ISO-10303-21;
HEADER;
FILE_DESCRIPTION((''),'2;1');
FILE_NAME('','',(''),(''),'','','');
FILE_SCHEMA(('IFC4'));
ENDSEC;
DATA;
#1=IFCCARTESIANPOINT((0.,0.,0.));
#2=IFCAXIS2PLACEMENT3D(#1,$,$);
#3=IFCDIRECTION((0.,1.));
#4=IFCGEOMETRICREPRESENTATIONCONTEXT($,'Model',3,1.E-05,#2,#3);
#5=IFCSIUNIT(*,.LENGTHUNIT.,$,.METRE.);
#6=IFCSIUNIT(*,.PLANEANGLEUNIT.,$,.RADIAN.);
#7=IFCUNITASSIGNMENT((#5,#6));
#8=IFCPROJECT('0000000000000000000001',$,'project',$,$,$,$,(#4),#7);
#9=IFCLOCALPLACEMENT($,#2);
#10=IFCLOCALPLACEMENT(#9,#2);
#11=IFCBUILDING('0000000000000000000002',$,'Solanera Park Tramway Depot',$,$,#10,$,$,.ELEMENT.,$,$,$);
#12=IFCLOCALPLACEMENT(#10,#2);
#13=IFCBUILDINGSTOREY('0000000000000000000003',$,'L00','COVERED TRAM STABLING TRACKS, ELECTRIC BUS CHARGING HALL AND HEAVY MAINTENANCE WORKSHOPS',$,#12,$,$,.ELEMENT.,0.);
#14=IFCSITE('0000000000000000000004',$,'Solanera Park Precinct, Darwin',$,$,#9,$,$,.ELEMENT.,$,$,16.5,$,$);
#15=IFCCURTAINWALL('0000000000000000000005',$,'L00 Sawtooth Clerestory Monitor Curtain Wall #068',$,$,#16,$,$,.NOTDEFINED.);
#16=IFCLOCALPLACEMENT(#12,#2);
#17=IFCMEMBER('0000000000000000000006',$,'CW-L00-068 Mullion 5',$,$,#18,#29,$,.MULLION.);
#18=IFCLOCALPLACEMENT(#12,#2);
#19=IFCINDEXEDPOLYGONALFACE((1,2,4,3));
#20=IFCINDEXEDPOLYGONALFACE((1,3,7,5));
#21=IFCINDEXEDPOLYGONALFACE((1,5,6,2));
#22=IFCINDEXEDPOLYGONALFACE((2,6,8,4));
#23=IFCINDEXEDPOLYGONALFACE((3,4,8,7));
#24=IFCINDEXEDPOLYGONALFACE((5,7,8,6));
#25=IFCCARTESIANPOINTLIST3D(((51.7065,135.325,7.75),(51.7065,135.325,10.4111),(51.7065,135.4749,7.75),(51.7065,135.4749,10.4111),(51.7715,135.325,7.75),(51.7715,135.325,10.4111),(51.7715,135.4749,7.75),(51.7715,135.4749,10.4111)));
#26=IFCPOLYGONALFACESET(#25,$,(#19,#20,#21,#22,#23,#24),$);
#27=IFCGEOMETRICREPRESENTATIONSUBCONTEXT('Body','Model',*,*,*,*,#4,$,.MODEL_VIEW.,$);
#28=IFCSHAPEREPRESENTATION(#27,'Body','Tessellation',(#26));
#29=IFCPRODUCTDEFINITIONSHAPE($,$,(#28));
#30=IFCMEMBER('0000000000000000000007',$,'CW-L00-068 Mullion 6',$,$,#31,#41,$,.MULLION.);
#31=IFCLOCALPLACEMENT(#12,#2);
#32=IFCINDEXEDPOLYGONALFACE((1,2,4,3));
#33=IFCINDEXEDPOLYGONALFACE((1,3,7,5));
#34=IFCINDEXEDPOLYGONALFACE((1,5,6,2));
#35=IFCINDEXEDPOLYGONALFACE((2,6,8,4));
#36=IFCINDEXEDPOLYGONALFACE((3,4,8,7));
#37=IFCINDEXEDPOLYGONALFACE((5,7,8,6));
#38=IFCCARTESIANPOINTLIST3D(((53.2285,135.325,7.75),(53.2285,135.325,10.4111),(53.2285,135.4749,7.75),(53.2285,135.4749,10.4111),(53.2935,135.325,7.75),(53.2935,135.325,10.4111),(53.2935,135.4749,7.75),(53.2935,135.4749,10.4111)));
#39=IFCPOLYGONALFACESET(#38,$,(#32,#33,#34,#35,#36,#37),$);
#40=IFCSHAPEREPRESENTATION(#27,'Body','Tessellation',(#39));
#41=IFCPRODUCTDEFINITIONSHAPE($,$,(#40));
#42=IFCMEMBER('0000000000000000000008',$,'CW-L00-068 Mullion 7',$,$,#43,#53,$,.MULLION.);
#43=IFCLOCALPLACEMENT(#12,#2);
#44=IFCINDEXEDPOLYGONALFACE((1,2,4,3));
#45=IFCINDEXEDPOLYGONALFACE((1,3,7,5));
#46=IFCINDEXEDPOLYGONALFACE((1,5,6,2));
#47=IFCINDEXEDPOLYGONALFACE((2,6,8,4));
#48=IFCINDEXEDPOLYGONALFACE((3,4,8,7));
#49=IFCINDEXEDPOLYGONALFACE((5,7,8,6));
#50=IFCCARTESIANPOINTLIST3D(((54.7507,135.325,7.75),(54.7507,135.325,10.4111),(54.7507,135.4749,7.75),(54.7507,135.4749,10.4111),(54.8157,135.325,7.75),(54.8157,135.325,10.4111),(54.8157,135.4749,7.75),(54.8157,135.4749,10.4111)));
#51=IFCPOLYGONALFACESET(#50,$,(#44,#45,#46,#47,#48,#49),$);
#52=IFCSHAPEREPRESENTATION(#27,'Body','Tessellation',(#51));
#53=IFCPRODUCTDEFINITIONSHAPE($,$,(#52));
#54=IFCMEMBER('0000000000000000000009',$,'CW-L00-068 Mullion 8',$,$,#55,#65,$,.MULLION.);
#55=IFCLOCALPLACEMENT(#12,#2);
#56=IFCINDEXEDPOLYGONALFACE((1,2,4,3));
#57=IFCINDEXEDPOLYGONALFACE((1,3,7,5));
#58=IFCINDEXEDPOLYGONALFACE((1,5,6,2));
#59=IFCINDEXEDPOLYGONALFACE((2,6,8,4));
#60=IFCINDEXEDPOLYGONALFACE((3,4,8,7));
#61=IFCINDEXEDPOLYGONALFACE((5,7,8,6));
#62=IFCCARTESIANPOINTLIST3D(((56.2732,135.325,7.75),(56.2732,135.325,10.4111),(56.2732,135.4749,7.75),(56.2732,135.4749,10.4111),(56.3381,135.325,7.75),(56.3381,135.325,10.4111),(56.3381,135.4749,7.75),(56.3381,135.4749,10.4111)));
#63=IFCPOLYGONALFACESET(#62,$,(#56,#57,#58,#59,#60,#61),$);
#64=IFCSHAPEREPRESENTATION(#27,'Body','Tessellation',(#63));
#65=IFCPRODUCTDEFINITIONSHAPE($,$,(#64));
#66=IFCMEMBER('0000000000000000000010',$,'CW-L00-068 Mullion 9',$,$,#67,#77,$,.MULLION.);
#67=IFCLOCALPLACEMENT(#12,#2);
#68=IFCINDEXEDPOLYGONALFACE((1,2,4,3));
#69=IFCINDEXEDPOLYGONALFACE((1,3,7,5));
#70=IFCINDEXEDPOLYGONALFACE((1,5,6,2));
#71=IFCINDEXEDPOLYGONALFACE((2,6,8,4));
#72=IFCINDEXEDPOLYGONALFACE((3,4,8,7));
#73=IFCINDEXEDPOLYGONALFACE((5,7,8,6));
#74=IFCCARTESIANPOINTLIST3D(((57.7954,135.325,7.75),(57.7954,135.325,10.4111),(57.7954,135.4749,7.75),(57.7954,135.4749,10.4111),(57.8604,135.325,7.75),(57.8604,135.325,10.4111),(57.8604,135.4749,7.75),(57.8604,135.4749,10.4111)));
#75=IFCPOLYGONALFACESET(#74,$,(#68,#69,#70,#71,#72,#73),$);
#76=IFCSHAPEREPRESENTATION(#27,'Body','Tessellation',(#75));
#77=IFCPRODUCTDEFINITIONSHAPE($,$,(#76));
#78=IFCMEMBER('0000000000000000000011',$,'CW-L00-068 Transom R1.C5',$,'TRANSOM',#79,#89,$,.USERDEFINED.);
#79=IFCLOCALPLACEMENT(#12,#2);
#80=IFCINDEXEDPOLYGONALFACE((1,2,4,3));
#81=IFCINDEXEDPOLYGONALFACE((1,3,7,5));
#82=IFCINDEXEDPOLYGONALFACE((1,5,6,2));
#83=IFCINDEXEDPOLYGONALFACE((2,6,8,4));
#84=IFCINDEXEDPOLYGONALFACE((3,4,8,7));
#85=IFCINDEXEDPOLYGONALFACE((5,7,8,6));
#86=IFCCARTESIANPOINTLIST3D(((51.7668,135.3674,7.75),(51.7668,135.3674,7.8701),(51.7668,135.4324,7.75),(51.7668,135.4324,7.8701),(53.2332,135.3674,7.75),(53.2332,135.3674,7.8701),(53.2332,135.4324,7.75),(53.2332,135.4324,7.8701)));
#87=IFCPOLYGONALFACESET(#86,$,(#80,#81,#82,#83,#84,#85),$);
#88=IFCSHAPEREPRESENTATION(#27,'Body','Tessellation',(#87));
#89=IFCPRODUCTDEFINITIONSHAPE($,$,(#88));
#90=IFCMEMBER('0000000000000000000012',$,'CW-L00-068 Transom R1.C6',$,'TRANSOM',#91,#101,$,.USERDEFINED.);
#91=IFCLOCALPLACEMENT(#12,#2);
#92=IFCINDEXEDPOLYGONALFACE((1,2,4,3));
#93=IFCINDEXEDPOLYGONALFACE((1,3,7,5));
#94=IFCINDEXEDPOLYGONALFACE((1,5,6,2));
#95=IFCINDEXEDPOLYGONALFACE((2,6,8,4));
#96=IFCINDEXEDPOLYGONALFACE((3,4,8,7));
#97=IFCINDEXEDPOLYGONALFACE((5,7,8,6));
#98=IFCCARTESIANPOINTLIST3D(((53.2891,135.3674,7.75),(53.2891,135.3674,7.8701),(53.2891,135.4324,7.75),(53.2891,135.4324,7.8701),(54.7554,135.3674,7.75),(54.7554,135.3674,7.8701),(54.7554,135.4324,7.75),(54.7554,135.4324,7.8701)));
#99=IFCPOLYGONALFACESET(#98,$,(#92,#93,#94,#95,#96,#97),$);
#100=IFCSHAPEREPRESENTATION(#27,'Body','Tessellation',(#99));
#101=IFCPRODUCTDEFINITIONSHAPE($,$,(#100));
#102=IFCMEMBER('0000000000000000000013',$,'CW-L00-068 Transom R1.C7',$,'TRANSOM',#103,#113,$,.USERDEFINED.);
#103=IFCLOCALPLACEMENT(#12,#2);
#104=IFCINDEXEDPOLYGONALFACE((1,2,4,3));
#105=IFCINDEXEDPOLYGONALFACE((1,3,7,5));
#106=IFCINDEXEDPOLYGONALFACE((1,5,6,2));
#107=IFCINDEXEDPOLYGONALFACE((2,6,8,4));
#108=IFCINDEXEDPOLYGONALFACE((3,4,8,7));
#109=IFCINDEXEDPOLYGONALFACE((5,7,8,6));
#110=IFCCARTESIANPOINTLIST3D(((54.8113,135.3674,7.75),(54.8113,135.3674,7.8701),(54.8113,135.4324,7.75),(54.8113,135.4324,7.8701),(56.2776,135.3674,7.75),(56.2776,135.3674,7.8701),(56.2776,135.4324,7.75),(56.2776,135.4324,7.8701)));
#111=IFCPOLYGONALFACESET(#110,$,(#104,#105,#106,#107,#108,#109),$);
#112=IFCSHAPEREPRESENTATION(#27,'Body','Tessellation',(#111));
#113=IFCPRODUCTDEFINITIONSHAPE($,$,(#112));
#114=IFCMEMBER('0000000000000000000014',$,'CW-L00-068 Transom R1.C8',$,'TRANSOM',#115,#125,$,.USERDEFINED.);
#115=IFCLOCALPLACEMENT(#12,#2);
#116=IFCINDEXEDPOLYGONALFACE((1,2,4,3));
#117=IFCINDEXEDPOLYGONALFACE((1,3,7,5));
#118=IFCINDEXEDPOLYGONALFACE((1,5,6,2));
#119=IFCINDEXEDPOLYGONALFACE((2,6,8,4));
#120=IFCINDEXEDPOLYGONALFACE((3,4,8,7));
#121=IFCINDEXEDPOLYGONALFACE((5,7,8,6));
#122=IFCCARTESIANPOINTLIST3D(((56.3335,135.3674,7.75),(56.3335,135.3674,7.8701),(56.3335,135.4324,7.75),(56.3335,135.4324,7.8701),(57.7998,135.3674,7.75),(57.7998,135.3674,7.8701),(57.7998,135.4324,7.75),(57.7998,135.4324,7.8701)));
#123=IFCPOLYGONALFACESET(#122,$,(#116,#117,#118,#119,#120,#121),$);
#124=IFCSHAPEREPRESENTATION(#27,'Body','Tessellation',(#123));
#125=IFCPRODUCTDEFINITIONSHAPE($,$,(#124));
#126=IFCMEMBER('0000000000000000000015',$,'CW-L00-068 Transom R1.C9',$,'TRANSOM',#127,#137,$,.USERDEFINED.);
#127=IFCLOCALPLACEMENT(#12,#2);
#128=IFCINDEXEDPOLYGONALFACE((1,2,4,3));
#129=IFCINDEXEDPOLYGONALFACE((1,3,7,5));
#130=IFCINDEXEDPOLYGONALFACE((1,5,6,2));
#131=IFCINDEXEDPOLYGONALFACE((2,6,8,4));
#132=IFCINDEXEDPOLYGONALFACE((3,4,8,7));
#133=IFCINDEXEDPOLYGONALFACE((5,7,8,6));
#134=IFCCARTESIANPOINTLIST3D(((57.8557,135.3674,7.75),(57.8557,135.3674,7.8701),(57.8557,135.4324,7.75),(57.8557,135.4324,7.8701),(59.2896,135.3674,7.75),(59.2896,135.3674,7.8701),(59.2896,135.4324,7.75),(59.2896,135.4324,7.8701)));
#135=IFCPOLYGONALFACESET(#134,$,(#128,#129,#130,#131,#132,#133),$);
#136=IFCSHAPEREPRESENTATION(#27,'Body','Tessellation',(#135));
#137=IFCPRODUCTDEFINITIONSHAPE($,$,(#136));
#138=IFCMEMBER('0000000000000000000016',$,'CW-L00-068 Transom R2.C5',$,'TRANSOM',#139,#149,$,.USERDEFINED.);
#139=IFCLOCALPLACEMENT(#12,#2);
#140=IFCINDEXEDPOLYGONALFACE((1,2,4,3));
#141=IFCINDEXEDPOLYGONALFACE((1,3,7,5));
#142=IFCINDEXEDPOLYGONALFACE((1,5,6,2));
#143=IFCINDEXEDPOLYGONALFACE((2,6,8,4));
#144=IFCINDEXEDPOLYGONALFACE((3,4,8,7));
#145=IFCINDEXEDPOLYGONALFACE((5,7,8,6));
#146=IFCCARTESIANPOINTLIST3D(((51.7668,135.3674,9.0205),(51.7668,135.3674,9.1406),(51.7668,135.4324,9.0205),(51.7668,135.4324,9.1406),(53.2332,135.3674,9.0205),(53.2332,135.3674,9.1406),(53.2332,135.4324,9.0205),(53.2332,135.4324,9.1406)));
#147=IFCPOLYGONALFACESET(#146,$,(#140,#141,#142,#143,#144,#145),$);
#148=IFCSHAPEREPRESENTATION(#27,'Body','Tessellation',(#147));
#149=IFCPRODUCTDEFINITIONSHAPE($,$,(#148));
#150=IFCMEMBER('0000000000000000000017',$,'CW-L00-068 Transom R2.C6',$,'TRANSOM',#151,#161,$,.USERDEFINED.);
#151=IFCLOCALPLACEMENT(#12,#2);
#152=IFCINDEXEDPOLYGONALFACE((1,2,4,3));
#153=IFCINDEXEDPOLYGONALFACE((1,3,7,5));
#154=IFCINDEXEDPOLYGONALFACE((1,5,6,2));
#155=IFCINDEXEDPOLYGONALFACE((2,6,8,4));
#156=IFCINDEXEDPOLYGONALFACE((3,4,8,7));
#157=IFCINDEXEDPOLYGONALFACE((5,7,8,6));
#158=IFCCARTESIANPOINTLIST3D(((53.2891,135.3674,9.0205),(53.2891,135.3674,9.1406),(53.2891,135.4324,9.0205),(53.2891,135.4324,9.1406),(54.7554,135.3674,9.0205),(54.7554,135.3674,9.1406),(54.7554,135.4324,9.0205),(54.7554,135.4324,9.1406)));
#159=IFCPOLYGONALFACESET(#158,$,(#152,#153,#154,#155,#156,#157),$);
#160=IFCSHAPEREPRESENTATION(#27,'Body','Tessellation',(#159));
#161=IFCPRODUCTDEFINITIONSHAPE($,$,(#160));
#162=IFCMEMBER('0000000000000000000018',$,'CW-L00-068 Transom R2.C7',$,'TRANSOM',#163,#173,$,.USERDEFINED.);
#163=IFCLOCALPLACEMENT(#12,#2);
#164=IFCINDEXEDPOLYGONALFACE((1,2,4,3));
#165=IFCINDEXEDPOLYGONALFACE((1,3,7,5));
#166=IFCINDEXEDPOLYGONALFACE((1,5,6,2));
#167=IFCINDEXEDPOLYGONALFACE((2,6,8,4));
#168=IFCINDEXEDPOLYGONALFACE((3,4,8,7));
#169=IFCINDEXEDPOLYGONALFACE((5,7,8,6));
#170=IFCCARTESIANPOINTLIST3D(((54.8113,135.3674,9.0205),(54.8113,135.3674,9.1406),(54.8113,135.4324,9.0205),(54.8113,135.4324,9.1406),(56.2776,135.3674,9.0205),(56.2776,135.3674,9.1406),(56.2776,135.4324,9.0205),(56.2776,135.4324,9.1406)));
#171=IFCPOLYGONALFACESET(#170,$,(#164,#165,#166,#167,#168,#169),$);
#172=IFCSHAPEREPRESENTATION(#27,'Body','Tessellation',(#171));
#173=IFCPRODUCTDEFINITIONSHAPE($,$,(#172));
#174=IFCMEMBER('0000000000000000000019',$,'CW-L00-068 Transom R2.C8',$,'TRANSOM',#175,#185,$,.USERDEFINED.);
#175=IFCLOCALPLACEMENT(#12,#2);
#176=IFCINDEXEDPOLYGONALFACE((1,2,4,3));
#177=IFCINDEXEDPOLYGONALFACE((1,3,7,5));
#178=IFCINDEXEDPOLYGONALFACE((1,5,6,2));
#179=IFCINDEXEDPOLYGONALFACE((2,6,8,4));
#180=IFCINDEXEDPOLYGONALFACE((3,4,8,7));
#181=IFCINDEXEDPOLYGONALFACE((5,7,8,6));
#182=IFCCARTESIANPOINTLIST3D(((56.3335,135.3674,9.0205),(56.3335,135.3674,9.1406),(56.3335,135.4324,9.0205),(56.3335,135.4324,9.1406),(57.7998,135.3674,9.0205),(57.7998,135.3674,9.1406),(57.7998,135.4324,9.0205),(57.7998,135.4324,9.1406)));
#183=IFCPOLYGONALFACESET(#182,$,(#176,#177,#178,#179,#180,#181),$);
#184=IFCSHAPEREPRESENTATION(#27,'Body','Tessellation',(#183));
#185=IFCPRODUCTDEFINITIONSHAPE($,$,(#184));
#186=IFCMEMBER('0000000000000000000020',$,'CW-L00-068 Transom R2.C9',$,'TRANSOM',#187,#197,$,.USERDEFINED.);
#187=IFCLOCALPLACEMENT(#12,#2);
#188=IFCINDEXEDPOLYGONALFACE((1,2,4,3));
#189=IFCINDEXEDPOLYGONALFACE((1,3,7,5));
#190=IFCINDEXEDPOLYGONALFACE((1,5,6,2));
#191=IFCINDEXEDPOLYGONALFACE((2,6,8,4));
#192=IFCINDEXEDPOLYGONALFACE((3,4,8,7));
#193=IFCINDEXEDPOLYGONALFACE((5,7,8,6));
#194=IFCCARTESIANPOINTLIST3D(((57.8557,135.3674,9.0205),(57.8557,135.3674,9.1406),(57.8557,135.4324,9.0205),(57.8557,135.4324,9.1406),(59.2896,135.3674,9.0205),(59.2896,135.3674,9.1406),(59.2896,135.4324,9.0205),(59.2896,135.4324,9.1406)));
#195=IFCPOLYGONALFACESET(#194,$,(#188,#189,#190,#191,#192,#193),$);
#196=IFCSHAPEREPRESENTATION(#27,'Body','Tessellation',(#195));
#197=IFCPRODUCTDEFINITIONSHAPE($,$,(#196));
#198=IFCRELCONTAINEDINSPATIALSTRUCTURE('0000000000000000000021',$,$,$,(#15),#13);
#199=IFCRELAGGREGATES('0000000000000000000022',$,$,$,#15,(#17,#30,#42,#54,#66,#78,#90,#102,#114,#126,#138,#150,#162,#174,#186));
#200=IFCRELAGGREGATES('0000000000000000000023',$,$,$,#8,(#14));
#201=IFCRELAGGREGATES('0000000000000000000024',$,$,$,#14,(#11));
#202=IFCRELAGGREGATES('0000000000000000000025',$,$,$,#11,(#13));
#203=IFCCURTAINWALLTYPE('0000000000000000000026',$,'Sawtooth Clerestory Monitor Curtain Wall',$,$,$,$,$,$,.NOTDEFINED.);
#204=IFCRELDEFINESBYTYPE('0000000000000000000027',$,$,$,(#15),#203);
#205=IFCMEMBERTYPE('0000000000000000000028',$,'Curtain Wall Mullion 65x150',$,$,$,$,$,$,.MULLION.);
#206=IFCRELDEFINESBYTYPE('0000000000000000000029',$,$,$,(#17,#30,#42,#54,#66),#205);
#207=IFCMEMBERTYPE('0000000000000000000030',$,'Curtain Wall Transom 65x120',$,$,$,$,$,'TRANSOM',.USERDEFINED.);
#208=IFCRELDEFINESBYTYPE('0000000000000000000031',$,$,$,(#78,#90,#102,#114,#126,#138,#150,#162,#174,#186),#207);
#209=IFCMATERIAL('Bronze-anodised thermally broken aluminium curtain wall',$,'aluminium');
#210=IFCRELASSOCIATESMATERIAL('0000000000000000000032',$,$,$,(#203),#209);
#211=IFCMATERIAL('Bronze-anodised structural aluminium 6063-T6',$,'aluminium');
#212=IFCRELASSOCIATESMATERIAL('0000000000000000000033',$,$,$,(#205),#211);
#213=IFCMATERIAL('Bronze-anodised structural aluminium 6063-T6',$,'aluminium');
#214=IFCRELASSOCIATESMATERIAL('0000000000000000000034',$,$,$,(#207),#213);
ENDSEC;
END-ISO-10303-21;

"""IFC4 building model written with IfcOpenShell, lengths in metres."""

from ifc_helpers import new_model, si_unit, direction, frame, origin, origin_2d, place, context, subcontext, project, spatial, rectangle, extrude, material, material_profile, profile_set, type_object, element, aggregate, save


model = new_model("IFC4")

# Units and contexts
model_context = context("Model", 3, precision=1e-05, world=origin(), true_north=direction((0.0, 1.0)))
body_context = subcontext(model_context, "Body", "Model", "MODEL_VIEW")
ifc_project = project(units=[si_unit("LENGTHUNIT", "METRE"), si_unit("PLANEANGLEUNIT", "RADIAN")], contexts=[model_context])

# Site, building, storey
site_placement = place(None, origin())
site = spatial("IfcSite", under=ifc_project, at=site_placement, Name="Solanera Park Precinct, Darwin", CompositionType="ELEMENT", RefElevation=16.5)
building_placement = place(site_placement, origin())
building = spatial("IfcBuilding", under=site, at=building_placement, Name="Solanera Park Tramway Depot", CompositionType="ELEMENT")
storey_placement = place(building_placement, origin())
storey = spatial("IfcBuildingStorey", under=building, at=storey_placement, Name="L00", Description="COVERED TRAM STABLING TRACKS, ELECTRIC BUS CHARGING HALL AND HEAVY MAINTENANCE WORKSHOPS", CompositionType="ELEMENT", Elevation=0.0)

# Curtain wall, members
ifc_material_1 = material(Name="Bronze-anodised thermally broken aluminium curtain wall", Category="aluminium")
curtain_wall_type = type_object("IfcCurtainWallType", Name="Sawtooth Clerestory Monitor Curtain Wall", PredefinedType="NOTDEFINED", material=ifc_material_1)
curtain_wall_placement = place(storey_placement, origin())
curtain_wall = element("IfcCurtainWall", 1, at=curtain_wall_placement, inside=storey, type_object=curtain_wall_type, Name="L00 Sawtooth Clerestory Monitor Curtain Wall #068", PredefinedType="NOTDEFINED")
ifc_material_2 = material(Name="Bronze-anodised structural aluminium 6063-T6", Category="aluminium")
ifc_material_profile_1 = material_profile(ifc_material_2, rectangle(XDim=0.0649, YDim=0.1499, at=origin_2d()), Name="Curtain Wall Mullion 65x150")
ifc_profile_set_1 = profile_set([ifc_material_profile_1], Name="Bronze-anodised structural aluminium 6063-T6")
member_type_1 = type_object("IfcMemberType", Name="Curtain Wall Mullion 65x150", PredefinedType="MULLION", material=ifc_profile_set_1)
member_1_placement = place(storey_placement, frame((51.739, 135.3999, 7.75), z_axis=(0.0, 0.0, 1.0), x_axis=(1.0, 0.0, 0.0)))
member_1 = element("IfcMember", 2, at=member_1_placement, type_object=member_type_1, Name="CW-L00-068 Mullion 5", PredefinedType="MULLION", context=body_context, shape_type="SweptSolid", body=[
    extrude(rectangle(XDim=0.0649, YDim=0.1499, at=origin_2d()), origin(), (0.0, 0.0, 1.0), 2.6611),
])
member_2_placement = place(storey_placement, frame((53.261, 135.3999, 7.75), z_axis=(0.0, 0.0, 1.0), x_axis=(1.0, 0.0, 0.0)))
member_2 = element("IfcMember", 3, at=member_2_placement, type_object=member_type_1, Name="CW-L00-068 Mullion 6", PredefinedType="MULLION", context=body_context, shape_type="SweptSolid", body=[
    extrude(rectangle(XDim=0.0649, YDim=0.1499, at=origin_2d()), origin(), (0.0, 0.0, 1.0), 2.6611),
])
member_3_placement = place(storey_placement, frame((54.7832, 135.3999, 7.75), z_axis=(0.0, 0.0, 1.0), x_axis=(1.0, 0.0, 0.0)))
member_3 = element("IfcMember", 4, at=member_3_placement, type_object=member_type_1, Name="CW-L00-068 Mullion 7", PredefinedType="MULLION", context=body_context, shape_type="SweptSolid", body=[
    extrude(rectangle(XDim=0.0649, YDim=0.1499, at=origin_2d()), origin(), (0.0, 0.0, 1.0), 2.6611),
])
member_4_placement = place(storey_placement, frame((56.3057, 135.3999, 7.75), z_axis=(0.0, 0.0, 1.0), x_axis=(1.0, 0.0, 0.0)))
member_4 = element("IfcMember", 5, at=member_4_placement, type_object=member_type_1, Name="CW-L00-068 Mullion 8", PredefinedType="MULLION", context=body_context, shape_type="SweptSolid", body=[
    extrude(rectangle(XDim=0.0649, YDim=0.1499, at=origin_2d()), origin(), (0.0, 0.0, 1.0), 2.6611),
])
member_5_placement = place(storey_placement, frame((57.8279, 135.3999, 7.75), z_axis=(0.0, 0.0, 1.0), x_axis=(1.0, 0.0, 0.0)))
member_5 = element("IfcMember", 6, at=member_5_placement, type_object=member_type_1, Name="CW-L00-068 Mullion 9", PredefinedType="MULLION", context=body_context, shape_type="SweptSolid", body=[
    extrude(rectangle(XDim=0.0649, YDim=0.1499, at=origin_2d()), origin(), (0.0, 0.0, 1.0), 2.6611),
])
ifc_material_3 = material(Name="Bronze-anodised structural aluminium 6063-T6", Category="aluminium")
ifc_material_profile_2 = material_profile(ifc_material_3, rectangle(XDim=0.0649, YDim=0.1201, at=origin_2d()), Name="Curtain Wall Transom 65x120")
ifc_profile_set_2 = profile_set([ifc_material_profile_2], Name="Bronze-anodised structural aluminium 6063-T6")
member_type_2 = type_object("IfcMemberType", Name="Curtain Wall Transom 65x120", ElementType="TRANSOM", PredefinedType="USERDEFINED", material=ifc_profile_set_2)
member_6_placement = place(storey_placement, frame((51.7668, 135.3999, 7.8101), z_axis=(1.0, 0.0, 0.0), x_axis=(0.0, 1.0, 0.0)))
member_6 = element("IfcMember", 7, at=member_6_placement, type_object=member_type_2, Name="CW-L00-068 Transom R1.C5", ObjectType="TRANSOM", PredefinedType="USERDEFINED", context=body_context, shape_type="SweptSolid", body=[
    extrude(rectangle(XDim=0.0649, YDim=0.1201, at=origin_2d()), origin(), (0.0, 0.0, 1.0), 1.4663),
])
member_7_placement = place(storey_placement, frame((53.2891, 135.3999, 7.8101), z_axis=(1.0, 0.0, 0.0), x_axis=(0.0, 1.0, 0.0)))
member_7 = element("IfcMember", 8, at=member_7_placement, type_object=member_type_2, Name="CW-L00-068 Transom R1.C6", ObjectType="TRANSOM", PredefinedType="USERDEFINED", context=body_context, shape_type="SweptSolid", body=[
    extrude(rectangle(XDim=0.0649, YDim=0.1201, at=origin_2d()), origin(), (0.0, 0.0, 1.0), 1.4663),
])
member_8_placement = place(storey_placement, frame((54.8113, 135.3999, 7.8101), z_axis=(1.0, 0.0, 0.0), x_axis=(0.0, 1.0, 0.0)))
member_8 = element("IfcMember", 9, at=member_8_placement, type_object=member_type_2, Name="CW-L00-068 Transom R1.C7", ObjectType="TRANSOM", PredefinedType="USERDEFINED", context=body_context, shape_type="SweptSolid", body=[
    extrude(rectangle(XDim=0.0649, YDim=0.1201, at=origin_2d()), origin(), (0.0, 0.0, 1.0), 1.4663),
])
member_9_placement = place(storey_placement, frame((56.3335, 135.3999, 7.8101), z_axis=(1.0, 0.0, 0.0), x_axis=(0.0, 1.0, 0.0)))
member_9 = element("IfcMember", 10, at=member_9_placement, type_object=member_type_2, Name="CW-L00-068 Transom R1.C8", ObjectType="TRANSOM", PredefinedType="USERDEFINED", context=body_context, shape_type="SweptSolid", body=[
    extrude(rectangle(XDim=0.0649, YDim=0.1201, at=origin_2d()), origin(), (0.0, 0.0, 1.0), 1.4663),
])
member_10_placement = place(storey_placement, frame((57.8557, 135.3999, 7.8101), z_axis=(1.0, 0.0, 0.0), x_axis=(0.0, 1.0, 0.0)))
member_10 = element("IfcMember", 11, at=member_10_placement, type_object=member_type_2, Name="CW-L00-068 Transom R1.C9", ObjectType="TRANSOM", PredefinedType="USERDEFINED", context=body_context, shape_type="SweptSolid", body=[
    extrude(rectangle(XDim=0.0649, YDim=0.1201, at=origin_2d()), origin(), (0.0, 0.0, 1.0), 1.4338),
])
member_11_placement = place(storey_placement, frame((51.7668, 135.3999, 9.0806), z_axis=(1.0, 0.0, 0.0), x_axis=(0.0, 1.0, 0.0)))
member_11 = element("IfcMember", 12, at=member_11_placement, type_object=member_type_2, Name="CW-L00-068 Transom R2.C5", ObjectType="TRANSOM", PredefinedType="USERDEFINED", context=body_context, shape_type="SweptSolid", body=[
    extrude(rectangle(XDim=0.0649, YDim=0.1201, at=origin_2d()), origin(), (0.0, 0.0, 1.0), 1.4663),
])
member_12_placement = place(storey_placement, frame((53.2891, 135.3999, 9.0806), z_axis=(1.0, 0.0, 0.0), x_axis=(0.0, 1.0, 0.0)))
member_12 = element("IfcMember", 13, at=member_12_placement, type_object=member_type_2, Name="CW-L00-068 Transom R2.C6", ObjectType="TRANSOM", PredefinedType="USERDEFINED", context=body_context, shape_type="SweptSolid", body=[
    extrude(rectangle(XDim=0.0649, YDim=0.1201, at=origin_2d()), origin(), (0.0, 0.0, 1.0), 1.4663),
])
member_13_placement = place(storey_placement, frame((54.8113, 135.3999, 9.0806), z_axis=(1.0, 0.0, 0.0), x_axis=(0.0, 1.0, 0.0)))
member_13 = element("IfcMember", 14, at=member_13_placement, type_object=member_type_2, Name="CW-L00-068 Transom R2.C7", ObjectType="TRANSOM", PredefinedType="USERDEFINED", context=body_context, shape_type="SweptSolid", body=[
    extrude(rectangle(XDim=0.0649, YDim=0.1201, at=origin_2d()), origin(), (0.0, 0.0, 1.0), 1.4663),
])
member_14_placement = place(storey_placement, frame((56.3335, 135.3999, 9.0806), z_axis=(1.0, 0.0, 0.0), x_axis=(0.0, 1.0, 0.0)))
member_14 = element("IfcMember", 15, at=member_14_placement, type_object=member_type_2, Name="CW-L00-068 Transom R2.C8", ObjectType="TRANSOM", PredefinedType="USERDEFINED", context=body_context, shape_type="SweptSolid", body=[
    extrude(rectangle(XDim=0.0649, YDim=0.1201, at=origin_2d()), origin(), (0.0, 0.0, 1.0), 1.4663),
])
member_15_placement = place(storey_placement, frame((57.8557, 135.3999, 9.0806), z_axis=(1.0, 0.0, 0.0), x_axis=(0.0, 1.0, 0.0)))
member_15 = element("IfcMember", 16, at=member_15_placement, type_object=member_type_2, Name="CW-L00-068 Transom R2.C9", ObjectType="TRANSOM", PredefinedType="USERDEFINED", context=body_context, shape_type="SweptSolid", body=[
    extrude(rectangle(XDim=0.0649, YDim=0.1201, at=origin_2d()), origin(), (0.0, 0.0, 1.0), 1.4338),
])
aggregate(curtain_wall, [member_1, member_2, member_3, member_4, member_5, member_6, member_7, member_8, member_9, member_10, member_11, member_12, member_13, member_14, member_15])

save(model, "model.ifc")
